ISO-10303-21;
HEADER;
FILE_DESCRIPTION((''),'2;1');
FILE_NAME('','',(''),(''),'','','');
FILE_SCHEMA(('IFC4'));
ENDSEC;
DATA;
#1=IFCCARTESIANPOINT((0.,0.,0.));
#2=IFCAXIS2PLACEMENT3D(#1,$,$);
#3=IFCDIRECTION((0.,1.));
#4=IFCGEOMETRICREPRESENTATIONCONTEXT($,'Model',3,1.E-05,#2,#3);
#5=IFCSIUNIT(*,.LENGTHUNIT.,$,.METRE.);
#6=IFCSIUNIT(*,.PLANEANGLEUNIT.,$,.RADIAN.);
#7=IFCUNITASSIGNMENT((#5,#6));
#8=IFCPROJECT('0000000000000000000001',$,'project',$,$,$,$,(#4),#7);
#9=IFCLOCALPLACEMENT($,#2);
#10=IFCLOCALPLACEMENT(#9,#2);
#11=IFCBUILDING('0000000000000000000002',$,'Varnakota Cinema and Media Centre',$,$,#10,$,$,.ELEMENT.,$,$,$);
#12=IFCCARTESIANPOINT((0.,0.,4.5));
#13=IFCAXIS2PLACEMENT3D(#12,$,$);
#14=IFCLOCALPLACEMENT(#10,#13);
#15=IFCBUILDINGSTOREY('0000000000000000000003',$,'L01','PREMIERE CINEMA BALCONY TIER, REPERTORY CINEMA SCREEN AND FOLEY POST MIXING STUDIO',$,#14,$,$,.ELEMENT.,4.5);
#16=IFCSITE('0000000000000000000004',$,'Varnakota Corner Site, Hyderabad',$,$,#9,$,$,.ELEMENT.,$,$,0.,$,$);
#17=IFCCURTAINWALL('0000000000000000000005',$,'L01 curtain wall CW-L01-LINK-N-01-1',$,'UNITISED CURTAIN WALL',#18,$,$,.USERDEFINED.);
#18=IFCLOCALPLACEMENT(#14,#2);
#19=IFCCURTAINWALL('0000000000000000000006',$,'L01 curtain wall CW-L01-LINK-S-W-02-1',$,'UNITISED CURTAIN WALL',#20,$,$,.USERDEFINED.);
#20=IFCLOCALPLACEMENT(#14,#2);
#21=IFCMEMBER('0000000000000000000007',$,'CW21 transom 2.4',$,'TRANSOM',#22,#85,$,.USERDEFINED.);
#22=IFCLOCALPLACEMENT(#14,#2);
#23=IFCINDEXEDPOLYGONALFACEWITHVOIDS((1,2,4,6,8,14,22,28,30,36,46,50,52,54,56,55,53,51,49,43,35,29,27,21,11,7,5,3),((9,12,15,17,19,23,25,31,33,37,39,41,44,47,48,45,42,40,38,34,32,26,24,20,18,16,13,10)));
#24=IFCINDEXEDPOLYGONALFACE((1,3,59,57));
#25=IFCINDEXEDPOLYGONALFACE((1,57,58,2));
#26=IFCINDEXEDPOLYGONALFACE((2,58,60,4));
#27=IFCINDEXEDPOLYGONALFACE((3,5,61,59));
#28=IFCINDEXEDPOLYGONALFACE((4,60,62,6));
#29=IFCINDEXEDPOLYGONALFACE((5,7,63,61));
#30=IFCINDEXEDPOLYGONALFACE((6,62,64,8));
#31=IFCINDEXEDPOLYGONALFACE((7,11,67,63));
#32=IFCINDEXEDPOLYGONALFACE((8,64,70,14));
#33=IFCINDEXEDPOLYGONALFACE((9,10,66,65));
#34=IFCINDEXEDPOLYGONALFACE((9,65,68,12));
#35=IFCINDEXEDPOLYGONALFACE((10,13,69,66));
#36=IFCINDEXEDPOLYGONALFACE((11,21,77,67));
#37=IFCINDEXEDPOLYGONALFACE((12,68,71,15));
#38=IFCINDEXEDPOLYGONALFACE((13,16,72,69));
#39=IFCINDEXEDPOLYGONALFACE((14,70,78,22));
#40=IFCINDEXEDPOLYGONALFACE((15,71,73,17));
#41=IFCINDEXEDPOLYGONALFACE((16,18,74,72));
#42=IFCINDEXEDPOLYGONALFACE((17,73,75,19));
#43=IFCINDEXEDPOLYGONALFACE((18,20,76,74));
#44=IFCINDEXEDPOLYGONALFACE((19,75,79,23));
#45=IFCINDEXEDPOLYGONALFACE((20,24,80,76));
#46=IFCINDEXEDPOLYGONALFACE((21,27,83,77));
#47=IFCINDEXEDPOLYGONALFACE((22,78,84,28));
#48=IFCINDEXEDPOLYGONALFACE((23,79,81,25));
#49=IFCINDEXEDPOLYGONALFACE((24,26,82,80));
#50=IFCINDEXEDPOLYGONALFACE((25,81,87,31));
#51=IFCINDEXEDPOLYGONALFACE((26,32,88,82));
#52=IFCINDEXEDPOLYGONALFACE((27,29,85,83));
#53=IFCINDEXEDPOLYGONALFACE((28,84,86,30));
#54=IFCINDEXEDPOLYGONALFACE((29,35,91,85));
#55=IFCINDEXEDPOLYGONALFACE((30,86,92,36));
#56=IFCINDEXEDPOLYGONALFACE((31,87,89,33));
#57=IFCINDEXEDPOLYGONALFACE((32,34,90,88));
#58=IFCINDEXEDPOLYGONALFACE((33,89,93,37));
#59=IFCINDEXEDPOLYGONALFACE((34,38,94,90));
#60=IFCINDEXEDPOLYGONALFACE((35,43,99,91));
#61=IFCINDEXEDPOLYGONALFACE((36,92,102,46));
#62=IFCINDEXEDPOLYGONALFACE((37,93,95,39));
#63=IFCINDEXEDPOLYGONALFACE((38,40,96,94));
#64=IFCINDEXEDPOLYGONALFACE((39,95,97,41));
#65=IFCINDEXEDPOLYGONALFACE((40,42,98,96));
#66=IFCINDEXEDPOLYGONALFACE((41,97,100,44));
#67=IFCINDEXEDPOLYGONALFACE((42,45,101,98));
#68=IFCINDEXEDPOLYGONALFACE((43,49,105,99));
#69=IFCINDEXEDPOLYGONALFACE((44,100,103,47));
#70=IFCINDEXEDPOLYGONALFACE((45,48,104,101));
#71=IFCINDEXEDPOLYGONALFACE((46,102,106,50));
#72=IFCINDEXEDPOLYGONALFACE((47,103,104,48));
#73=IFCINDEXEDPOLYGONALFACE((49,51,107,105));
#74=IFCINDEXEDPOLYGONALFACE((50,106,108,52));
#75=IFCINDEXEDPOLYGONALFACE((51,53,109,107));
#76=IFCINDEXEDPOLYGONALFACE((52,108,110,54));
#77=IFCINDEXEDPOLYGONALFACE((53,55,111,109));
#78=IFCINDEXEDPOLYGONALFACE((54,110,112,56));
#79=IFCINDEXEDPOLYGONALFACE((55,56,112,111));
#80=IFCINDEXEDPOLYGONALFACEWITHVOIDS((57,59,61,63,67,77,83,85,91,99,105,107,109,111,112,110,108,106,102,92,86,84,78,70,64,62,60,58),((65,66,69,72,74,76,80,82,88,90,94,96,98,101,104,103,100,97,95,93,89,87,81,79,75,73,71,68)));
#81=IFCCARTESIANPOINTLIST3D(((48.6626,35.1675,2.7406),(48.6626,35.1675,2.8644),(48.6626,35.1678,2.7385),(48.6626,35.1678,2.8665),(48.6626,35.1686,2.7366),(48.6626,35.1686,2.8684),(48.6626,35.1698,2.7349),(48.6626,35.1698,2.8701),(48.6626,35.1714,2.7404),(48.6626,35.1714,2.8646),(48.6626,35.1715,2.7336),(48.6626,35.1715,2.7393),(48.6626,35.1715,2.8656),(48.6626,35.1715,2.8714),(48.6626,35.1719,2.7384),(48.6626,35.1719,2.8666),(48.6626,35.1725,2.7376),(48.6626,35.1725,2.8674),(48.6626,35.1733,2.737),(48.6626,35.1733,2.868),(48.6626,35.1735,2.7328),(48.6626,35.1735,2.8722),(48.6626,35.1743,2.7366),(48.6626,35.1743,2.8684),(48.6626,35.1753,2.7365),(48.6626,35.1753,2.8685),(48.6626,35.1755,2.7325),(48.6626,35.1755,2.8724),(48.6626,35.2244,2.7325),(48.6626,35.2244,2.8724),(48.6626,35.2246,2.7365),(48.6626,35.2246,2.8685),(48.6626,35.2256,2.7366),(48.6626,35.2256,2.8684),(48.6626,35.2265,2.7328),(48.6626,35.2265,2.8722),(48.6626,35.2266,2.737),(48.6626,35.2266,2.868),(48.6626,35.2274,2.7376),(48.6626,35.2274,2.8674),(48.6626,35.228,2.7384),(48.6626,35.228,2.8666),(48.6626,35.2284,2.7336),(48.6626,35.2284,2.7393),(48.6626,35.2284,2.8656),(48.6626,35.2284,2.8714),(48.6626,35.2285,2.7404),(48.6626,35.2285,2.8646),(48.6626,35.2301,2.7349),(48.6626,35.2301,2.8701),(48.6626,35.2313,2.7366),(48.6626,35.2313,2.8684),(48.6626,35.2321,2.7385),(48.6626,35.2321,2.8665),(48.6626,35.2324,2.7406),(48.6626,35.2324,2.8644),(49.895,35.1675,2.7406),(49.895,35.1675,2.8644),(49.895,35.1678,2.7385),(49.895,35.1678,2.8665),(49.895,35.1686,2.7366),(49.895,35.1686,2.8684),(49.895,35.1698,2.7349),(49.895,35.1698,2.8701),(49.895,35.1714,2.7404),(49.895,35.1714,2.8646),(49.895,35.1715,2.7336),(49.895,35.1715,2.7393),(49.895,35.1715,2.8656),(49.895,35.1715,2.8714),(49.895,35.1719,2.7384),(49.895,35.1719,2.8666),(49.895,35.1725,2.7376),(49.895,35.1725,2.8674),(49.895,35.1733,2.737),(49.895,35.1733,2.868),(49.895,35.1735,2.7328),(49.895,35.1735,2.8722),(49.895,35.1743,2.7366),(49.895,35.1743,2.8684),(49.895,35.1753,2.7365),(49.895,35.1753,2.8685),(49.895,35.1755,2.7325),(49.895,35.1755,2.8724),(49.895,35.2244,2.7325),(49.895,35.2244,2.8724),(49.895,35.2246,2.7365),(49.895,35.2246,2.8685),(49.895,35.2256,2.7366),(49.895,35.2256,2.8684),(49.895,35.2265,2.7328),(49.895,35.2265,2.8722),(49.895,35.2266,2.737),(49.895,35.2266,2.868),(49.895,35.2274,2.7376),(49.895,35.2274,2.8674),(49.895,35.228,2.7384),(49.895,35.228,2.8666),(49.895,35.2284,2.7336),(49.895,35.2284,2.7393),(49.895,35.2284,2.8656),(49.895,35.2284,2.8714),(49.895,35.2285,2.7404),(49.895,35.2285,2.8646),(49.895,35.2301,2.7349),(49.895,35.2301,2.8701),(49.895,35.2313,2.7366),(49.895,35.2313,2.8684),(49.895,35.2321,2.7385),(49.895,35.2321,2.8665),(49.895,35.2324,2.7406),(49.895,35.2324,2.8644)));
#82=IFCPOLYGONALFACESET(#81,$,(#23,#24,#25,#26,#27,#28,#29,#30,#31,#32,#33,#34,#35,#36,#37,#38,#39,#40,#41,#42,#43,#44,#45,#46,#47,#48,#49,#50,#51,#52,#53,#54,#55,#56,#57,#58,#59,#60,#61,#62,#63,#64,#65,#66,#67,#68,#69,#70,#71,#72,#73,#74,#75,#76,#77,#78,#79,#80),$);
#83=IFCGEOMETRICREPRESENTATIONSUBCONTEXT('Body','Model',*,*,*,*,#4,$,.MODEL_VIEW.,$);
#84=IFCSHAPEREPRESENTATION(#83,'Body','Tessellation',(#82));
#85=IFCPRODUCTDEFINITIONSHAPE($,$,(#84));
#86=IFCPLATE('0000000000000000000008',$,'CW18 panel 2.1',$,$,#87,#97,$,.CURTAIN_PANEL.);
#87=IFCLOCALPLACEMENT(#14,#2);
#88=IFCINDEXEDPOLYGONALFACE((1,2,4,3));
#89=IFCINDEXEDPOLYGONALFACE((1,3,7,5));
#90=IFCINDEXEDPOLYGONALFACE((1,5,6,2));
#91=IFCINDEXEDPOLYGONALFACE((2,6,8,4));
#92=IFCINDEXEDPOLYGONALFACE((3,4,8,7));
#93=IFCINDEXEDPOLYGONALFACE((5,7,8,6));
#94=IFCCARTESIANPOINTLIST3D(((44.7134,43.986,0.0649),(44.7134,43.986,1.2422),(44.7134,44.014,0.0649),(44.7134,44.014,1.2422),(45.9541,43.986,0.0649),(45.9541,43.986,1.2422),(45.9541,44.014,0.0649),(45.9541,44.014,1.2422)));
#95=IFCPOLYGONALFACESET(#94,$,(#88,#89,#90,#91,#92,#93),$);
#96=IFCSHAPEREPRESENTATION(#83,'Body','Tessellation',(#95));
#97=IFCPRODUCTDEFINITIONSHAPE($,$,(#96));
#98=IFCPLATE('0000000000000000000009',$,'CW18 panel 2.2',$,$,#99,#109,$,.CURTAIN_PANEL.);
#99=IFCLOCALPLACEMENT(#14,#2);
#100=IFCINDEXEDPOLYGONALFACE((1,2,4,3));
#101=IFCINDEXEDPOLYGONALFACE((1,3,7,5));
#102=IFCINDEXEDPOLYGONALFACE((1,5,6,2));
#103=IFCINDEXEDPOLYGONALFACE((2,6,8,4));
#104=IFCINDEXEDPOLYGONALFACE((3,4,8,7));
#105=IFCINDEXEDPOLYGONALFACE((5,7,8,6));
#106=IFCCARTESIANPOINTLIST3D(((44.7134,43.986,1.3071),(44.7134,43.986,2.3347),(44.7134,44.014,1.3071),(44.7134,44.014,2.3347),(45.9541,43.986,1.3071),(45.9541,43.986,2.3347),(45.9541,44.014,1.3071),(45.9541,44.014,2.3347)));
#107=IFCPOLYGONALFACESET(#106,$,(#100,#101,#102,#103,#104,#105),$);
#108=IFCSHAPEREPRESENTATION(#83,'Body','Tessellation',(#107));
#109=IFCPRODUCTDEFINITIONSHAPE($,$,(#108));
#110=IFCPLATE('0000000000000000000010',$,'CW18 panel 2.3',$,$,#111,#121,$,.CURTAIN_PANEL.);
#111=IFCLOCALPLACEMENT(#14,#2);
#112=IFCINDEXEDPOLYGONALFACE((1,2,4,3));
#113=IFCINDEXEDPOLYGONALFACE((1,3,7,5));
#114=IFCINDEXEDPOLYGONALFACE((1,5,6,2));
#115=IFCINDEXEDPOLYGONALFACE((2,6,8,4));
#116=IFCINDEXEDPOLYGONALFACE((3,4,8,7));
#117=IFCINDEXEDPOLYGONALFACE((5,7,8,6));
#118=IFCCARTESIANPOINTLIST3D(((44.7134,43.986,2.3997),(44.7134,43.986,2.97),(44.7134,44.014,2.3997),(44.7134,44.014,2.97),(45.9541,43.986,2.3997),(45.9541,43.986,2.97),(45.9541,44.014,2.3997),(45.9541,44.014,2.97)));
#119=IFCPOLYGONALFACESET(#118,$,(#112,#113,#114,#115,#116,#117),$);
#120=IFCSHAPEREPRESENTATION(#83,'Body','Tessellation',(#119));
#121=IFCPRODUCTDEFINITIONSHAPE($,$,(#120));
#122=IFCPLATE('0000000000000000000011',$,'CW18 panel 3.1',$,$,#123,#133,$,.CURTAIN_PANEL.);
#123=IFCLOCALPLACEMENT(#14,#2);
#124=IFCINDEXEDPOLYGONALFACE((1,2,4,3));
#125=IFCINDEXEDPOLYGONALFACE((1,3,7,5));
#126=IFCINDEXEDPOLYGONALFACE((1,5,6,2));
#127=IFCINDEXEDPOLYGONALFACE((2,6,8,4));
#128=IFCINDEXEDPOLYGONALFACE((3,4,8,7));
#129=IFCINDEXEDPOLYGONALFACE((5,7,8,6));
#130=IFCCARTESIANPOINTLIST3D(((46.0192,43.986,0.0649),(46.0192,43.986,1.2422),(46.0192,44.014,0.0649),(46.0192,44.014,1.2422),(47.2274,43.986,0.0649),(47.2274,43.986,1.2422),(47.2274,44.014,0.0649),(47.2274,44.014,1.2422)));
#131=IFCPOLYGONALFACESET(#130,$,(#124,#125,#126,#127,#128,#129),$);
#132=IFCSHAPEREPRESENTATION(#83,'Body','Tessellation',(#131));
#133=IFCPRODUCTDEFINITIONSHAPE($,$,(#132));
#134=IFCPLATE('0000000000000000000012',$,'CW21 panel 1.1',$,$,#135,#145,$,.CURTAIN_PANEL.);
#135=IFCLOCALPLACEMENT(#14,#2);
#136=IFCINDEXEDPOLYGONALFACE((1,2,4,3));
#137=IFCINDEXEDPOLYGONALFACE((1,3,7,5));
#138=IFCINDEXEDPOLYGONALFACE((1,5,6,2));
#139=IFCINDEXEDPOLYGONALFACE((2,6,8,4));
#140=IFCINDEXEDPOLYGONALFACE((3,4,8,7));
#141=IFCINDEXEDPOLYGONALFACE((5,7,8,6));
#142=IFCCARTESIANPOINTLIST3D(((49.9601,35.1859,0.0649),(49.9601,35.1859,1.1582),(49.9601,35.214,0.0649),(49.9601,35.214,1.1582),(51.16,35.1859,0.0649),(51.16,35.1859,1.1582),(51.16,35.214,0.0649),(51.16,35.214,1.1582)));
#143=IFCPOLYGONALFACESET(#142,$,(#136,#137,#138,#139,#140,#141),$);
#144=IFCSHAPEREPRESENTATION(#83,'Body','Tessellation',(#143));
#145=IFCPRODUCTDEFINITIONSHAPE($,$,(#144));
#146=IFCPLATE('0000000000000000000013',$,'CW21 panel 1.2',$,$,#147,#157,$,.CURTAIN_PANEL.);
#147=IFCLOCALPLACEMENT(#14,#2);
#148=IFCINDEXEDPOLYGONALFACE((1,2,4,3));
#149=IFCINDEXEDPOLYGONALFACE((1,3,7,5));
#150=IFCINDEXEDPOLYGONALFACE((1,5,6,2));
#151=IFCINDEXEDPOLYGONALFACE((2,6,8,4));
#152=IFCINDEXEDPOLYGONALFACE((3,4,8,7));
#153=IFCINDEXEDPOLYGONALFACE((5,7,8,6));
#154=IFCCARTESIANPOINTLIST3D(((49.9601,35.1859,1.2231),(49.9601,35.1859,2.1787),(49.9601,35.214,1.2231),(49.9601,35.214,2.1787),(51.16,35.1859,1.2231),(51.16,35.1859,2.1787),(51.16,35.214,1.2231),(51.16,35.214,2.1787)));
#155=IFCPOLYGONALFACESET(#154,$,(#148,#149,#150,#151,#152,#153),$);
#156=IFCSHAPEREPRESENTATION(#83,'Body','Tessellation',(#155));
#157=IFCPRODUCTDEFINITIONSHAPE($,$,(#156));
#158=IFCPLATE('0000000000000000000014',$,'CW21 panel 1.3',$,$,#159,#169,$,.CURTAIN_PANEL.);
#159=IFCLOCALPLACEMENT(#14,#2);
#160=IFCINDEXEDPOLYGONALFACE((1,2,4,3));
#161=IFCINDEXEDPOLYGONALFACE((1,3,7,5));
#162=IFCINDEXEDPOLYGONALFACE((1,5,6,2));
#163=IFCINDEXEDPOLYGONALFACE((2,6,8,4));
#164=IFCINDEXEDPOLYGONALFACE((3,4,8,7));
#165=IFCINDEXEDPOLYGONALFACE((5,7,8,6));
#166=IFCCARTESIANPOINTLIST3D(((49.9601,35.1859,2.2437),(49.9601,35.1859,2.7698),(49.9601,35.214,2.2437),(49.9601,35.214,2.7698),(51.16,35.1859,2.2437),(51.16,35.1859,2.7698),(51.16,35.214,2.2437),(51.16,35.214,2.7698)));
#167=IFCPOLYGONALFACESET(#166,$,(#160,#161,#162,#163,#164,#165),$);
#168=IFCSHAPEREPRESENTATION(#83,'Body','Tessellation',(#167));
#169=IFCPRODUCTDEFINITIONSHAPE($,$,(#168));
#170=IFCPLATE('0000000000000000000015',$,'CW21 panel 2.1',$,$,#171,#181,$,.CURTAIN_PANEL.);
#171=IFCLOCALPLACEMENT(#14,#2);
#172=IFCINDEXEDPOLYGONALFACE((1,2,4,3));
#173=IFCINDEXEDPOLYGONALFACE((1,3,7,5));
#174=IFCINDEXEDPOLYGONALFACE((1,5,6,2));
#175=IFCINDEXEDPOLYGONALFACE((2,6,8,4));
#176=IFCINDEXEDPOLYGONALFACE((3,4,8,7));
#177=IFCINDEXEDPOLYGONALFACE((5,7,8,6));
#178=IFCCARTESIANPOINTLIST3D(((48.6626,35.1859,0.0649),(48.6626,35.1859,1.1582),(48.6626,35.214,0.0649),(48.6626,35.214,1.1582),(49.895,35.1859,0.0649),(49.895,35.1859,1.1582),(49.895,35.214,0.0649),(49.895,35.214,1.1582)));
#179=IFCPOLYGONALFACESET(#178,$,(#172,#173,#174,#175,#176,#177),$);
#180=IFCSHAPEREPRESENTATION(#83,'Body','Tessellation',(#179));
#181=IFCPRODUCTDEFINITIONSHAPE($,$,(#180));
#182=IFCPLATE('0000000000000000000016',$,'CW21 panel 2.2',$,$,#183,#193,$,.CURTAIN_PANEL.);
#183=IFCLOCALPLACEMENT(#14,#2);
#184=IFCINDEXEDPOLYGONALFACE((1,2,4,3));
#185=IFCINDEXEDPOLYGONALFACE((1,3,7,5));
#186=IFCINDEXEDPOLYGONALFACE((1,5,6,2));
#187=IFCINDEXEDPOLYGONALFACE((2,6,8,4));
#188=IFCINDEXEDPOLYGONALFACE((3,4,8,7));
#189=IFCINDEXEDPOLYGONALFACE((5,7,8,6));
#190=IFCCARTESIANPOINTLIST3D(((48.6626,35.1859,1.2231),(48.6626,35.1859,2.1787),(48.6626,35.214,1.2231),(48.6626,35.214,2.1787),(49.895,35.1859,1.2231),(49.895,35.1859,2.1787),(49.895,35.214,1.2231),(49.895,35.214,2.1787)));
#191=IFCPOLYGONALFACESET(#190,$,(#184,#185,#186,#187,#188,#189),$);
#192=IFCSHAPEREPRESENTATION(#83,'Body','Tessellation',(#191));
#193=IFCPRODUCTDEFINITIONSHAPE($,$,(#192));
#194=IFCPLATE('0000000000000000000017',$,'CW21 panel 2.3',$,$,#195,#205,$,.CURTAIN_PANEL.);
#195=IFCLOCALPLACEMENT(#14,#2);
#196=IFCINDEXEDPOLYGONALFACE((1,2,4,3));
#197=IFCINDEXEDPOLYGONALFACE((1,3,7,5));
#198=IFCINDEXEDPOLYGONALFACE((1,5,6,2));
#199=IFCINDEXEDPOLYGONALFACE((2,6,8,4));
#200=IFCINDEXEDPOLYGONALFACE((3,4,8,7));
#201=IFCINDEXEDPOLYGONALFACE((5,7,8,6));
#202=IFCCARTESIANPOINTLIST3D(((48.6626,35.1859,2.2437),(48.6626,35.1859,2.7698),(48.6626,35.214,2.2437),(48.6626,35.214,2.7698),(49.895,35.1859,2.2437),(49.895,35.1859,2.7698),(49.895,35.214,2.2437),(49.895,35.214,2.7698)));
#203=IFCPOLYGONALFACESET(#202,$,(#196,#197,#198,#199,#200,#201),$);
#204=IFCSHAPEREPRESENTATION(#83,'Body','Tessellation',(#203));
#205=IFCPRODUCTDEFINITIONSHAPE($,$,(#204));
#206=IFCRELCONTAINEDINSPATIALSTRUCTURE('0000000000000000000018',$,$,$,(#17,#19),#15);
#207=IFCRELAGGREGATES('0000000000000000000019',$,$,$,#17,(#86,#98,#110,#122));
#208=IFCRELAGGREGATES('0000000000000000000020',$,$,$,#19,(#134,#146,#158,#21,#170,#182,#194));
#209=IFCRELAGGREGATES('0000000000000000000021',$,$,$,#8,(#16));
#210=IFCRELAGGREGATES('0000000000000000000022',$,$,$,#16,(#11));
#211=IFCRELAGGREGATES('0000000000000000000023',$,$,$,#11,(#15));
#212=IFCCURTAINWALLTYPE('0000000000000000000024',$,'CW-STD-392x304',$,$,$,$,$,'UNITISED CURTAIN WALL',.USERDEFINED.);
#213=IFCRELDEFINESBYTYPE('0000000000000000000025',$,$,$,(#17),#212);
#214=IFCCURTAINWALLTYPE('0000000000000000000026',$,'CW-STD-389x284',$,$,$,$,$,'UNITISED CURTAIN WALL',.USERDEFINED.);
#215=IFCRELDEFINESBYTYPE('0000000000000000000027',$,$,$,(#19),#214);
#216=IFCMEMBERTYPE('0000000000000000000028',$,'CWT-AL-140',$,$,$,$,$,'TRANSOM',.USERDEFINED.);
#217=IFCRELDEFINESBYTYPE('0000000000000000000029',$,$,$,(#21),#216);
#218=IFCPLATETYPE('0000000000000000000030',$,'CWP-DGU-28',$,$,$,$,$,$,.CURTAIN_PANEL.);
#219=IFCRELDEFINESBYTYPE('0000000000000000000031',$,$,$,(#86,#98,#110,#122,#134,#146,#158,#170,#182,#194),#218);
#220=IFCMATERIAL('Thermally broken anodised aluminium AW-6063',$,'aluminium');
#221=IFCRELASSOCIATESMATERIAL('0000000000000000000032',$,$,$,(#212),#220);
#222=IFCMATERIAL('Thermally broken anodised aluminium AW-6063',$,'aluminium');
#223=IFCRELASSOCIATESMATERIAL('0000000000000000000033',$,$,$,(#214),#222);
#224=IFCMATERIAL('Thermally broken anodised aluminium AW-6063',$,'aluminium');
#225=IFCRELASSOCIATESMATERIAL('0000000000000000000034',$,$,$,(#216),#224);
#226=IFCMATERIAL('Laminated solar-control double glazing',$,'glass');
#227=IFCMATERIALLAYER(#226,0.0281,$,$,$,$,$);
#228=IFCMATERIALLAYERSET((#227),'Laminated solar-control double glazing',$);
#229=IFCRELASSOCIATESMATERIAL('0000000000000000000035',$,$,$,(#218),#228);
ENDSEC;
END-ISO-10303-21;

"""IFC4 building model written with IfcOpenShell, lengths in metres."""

from ifc_helpers import new_model, si_unit, direction, frame, origin, origin_2d, place, context, subcontext, project, spatial, rectangle, hollow_rectangle, extrude, material, layer, layer_set, material_profile, profile_set, type_object, element, aggregate, save


model = new_model("IFC4")

# Units and contexts
model_context = context("Model", 3, precision=1e-05, world=origin(), true_north=direction((0.0, 1.0)))
body_context = subcontext(model_context, "Body", "Model", "MODEL_VIEW")
ifc_project = project(units=[si_unit("LENGTHUNIT", "METRE"), si_unit("PLANEANGLEUNIT", "RADIAN")], contexts=[model_context])

# Site, building, storey
site_placement = place(None, origin())
site = spatial("IfcSite", under=ifc_project, at=site_placement, Name="Varnakota Corner Site, Hyderabad", CompositionType="ELEMENT", RefElevation=0.0)
building_placement = place(site_placement, origin())
building = spatial("IfcBuilding", under=site, at=building_placement, Name="Varnakota Cinema and Media Centre", CompositionType="ELEMENT")
storey_placement = place(building_placement, frame((0.0, 0.0, 4.5)))
storey = spatial("IfcBuildingStorey", under=building, at=storey_placement, Name="L01", Description="PREMIERE CINEMA BALCONY TIER, REPERTORY CINEMA SCREEN AND FOLEY POST MIXING STUDIO", CompositionType="ELEMENT", Elevation=4.5)

# Curtain walls
ifc_material_1 = material(Name="Thermally broken anodised aluminium AW-6063", Category="aluminium")
curtain_wall_type_1 = type_object("IfcCurtainWallType", Name="CW-STD-392x304", ElementType="UNITISED CURTAIN WALL", PredefinedType="USERDEFINED", material=ifc_material_1)
curtain_wall_1_placement = place(storey_placement, origin())
curtain_wall_1 = element("IfcCurtainWall", 1, at=curtain_wall_1_placement, inside=storey, type_object=curtain_wall_type_1, Name="L01 curtain wall CW-L01-LINK-N-01-1", ObjectType="UNITISED CURTAIN WALL", PredefinedType="USERDEFINED")
ifc_material_2 = material(Name="Thermally broken anodised aluminium AW-6063", Category="aluminium")
curtain_wall_type_2 = type_object("IfcCurtainWallType", Name="CW-STD-389x284", ElementType="UNITISED CURTAIN WALL", PredefinedType="USERDEFINED", material=ifc_material_2)
curtain_wall_2_placement = place(storey_placement, origin())
curtain_wall_2 = element("IfcCurtainWall", 2, at=curtain_wall_2_placement, inside=storey, type_object=curtain_wall_type_2, Name="L01 curtain wall CW-L01-LINK-S-W-02-1", ObjectType="UNITISED CURTAIN WALL", PredefinedType="USERDEFINED")

# Member
ifc_material_3 = material(Name="Thermally broken anodised aluminium AW-6063", Category="aluminium")
ifc_material_profile_1 = material_profile(ifc_material_3, hollow_rectangle(XDim=0.0649, YDim=0.1399, WallThickness=0.0039, InnerFilletRadius=0.0039, OuterFilletRadius=0.0081, at=origin_2d()), Name="AL-TRANSOM 140x65x4")
ifc_profile_set_1 = profile_set([ifc_material_profile_1], Name="Thermally broken anodised aluminium AW-6063")
member_type_1 = type_object("IfcMemberType", Name="CWT-AL-140", ElementType="TRANSOM", PredefinedType="USERDEFINED", material=ifc_profile_set_1)
member_1_placement = place(storey_placement, frame((49.895, 35.2, 2.8025), z_axis=(-1.0, 0.0, 0.0), x_axis=(0.0, -1.0, 0.0)))
member_1 = element("IfcMember", 3, at=member_1_placement, type_object=member_type_1, Name="CW21 transom 2.4", ObjectType="TRANSOM", PredefinedType="USERDEFINED", context=body_context, shape_type="SweptSolid", body=[
    extrude(hollow_rectangle(XDim=0.0649, YDim=0.1399, WallThickness=0.0039, InnerFilletRadius=0.0039, OuterFilletRadius=0.0081, at=origin_2d()), origin(), (0.0, 0.0, 1.0), 1.2324),
])

# Plates
ifc_material_4 = material(Name="Laminated solar-control double glazing", Category="glass")
ifc_layer = layer(ifc_material_4, 0.0281)
ifc_layer_set = layer_set([ifc_layer], Name="Laminated solar-control double glazing")
plate_type = type_object("IfcPlateType", Name="CWP-DGU-28", PredefinedType="CURTAIN_PANEL", material=ifc_layer_set)
plate_1_placement = place(storey_placement, frame((45.3337, 44.0, 0.0649), z_axis=(0.0, 0.0, 1.0), x_axis=(1.0, 0.0, 0.0)))
plate_1 = element("IfcPlate", 4, at=plate_1_placement, type_object=plate_type, Name="CW18 panel 2.1", PredefinedType="CURTAIN_PANEL", context=body_context, shape_type="SweptSolid", body=[
    extrude(rectangle(XDim=1.2407, YDim=0.0281, at=origin_2d()), origin(), (0.0, 0.0, 1.0), 1.1772),
])
plate_2_placement = place(storey_placement, frame((45.3337, 44.0, 1.3071), z_axis=(0.0, 0.0, 1.0), x_axis=(1.0, 0.0, 0.0)))
plate_2 = element("IfcPlate", 5, at=plate_2_placement, type_object=plate_type, Name="CW18 panel 2.2", PredefinedType="CURTAIN_PANEL", context=body_context, shape_type="SweptSolid", body=[
    extrude(rectangle(XDim=1.2407, YDim=0.0281, at=origin_2d()), origin(), (0.0, 0.0, 1.0), 1.0276),
])
plate_3_placement = place(storey_placement, frame((45.3337, 44.0, 2.3997), z_axis=(0.0, 0.0, 1.0), x_axis=(1.0, 0.0, 0.0)))
plate_3 = element("IfcPlate", 6, at=plate_3_placement, type_object=plate_type, Name="CW18 panel 2.3", PredefinedType="CURTAIN_PANEL", context=body_context, shape_type="SweptSolid", body=[
    extrude(rectangle(XDim=1.2407, YDim=0.0281, at=origin_2d()), origin(), (0.0, 0.0, 1.0), 0.5703),
])
plate_4_placement = place(storey_placement, frame((46.6233, 44.0, 0.0649), z_axis=(0.0, 0.0, 1.0), x_axis=(1.0, 0.0, 0.0)))
plate_4 = element("IfcPlate", 7, at=plate_4_placement, type_object=plate_type, Name="CW18 panel 3.1", PredefinedType="CURTAIN_PANEL", context=body_context, shape_type="SweptSolid", body=[
    extrude(rectangle(XDim=1.2083, YDim=0.0281, at=origin_2d()), origin(), (0.0, 0.0, 1.0), 1.1772),
])
aggregate(curtain_wall_1, [plate_1, plate_2, plate_3, plate_4])
plate_5_placement = place(storey_placement, frame((50.5601, 35.2, 0.0649), z_axis=(0.0, 0.0, 1.0), x_axis=(-1.0, 0.0, 0.0)))
plate_5 = element("IfcPlate", 8, at=plate_5_placement, type_object=plate_type, Name="CW21 panel 1.1", PredefinedType="CURTAIN_PANEL", context=body_context, shape_type="SweptSolid", body=[
    extrude(rectangle(XDim=1.2, YDim=0.0281, at=origin_2d()), origin(), (0.0, 0.0, 1.0), 1.0933),
])
plate_6_placement = place(storey_placement, frame((50.5601, 35.2, 1.2231), z_axis=(0.0, 0.0, 1.0), x_axis=(-1.0, 0.0, 0.0)))
plate_6 = element("IfcPlate", 9, at=plate_6_placement, type_object=plate_type, Name="CW21 panel 1.2", PredefinedType="CURTAIN_PANEL", context=body_context, shape_type="SweptSolid", body=[
    extrude(rectangle(XDim=1.2, YDim=0.0281, at=origin_2d()), origin(), (0.0, 0.0, 1.0), 0.9556),
])
plate_7_placement = place(storey_placement, frame((50.5601, 35.2, 2.2437), z_axis=(0.0, 0.0, 1.0), x_axis=(-1.0, 0.0, 0.0)))
plate_7 = element("IfcPlate", 10, at=plate_7_placement, type_object=plate_type, Name="CW21 panel 1.3", PredefinedType="CURTAIN_PANEL", context=body_context, shape_type="SweptSolid", body=[
    extrude(rectangle(XDim=1.2, YDim=0.0281, at=origin_2d()), origin(), (0.0, 0.0, 1.0), 0.5261),
])
plate_8_placement = place(storey_placement, frame((49.2788, 35.2, 0.0649), z_axis=(0.0, 0.0, 1.0), x_axis=(-1.0, 0.0, 0.0)))
plate_8 = element("IfcPlate", 11, at=plate_8_placement, type_object=plate_type, Name="CW21 panel 2.1", PredefinedType="CURTAIN_PANEL", context=body_context, shape_type="SweptSolid", body=[
    extrude(rectangle(XDim=1.2324, YDim=0.0281, at=origin_2d()), origin(), (0.0, 0.0, 1.0), 1.0933),
])
plate_9_placement = place(storey_placement, frame((49.2788, 35.2, 1.2231), z_axis=(0.0, 0.0, 1.0), x_axis=(-1.0, 0.0, 0.0)))
plate_9 = element("IfcPlate", 12, at=plate_9_placement, type_object=plate_type, Name="CW21 panel 2.2", PredefinedType="CURTAIN_PANEL", context=body_context, shape_type="SweptSolid", body=[
    extrude(rectangle(XDim=1.2324, YDim=0.0281, at=origin_2d()), origin(), (0.0, 0.0, 1.0), 0.9556),
])
plate_10_placement = place(storey_placement, frame((49.2788, 35.2, 2.2437), z_axis=(0.0, 0.0, 1.0), x_axis=(-1.0, 0.0, 0.0)))
plate_10 = element("IfcPlate", 13, at=plate_10_placement, type_object=plate_type, Name="CW21 panel 2.3", PredefinedType="CURTAIN_PANEL", context=body_context, shape_type="SweptSolid", body=[
    extrude(rectangle(XDim=1.2324, YDim=0.0281, at=origin_2d()), origin(), (0.0, 0.0, 1.0), 0.5261),
])
aggregate(curtain_wall_2, [plate_5, plate_6, plate_7, member_1, plate_8, plate_9, plate_10])

save(model, "model.ifc")
